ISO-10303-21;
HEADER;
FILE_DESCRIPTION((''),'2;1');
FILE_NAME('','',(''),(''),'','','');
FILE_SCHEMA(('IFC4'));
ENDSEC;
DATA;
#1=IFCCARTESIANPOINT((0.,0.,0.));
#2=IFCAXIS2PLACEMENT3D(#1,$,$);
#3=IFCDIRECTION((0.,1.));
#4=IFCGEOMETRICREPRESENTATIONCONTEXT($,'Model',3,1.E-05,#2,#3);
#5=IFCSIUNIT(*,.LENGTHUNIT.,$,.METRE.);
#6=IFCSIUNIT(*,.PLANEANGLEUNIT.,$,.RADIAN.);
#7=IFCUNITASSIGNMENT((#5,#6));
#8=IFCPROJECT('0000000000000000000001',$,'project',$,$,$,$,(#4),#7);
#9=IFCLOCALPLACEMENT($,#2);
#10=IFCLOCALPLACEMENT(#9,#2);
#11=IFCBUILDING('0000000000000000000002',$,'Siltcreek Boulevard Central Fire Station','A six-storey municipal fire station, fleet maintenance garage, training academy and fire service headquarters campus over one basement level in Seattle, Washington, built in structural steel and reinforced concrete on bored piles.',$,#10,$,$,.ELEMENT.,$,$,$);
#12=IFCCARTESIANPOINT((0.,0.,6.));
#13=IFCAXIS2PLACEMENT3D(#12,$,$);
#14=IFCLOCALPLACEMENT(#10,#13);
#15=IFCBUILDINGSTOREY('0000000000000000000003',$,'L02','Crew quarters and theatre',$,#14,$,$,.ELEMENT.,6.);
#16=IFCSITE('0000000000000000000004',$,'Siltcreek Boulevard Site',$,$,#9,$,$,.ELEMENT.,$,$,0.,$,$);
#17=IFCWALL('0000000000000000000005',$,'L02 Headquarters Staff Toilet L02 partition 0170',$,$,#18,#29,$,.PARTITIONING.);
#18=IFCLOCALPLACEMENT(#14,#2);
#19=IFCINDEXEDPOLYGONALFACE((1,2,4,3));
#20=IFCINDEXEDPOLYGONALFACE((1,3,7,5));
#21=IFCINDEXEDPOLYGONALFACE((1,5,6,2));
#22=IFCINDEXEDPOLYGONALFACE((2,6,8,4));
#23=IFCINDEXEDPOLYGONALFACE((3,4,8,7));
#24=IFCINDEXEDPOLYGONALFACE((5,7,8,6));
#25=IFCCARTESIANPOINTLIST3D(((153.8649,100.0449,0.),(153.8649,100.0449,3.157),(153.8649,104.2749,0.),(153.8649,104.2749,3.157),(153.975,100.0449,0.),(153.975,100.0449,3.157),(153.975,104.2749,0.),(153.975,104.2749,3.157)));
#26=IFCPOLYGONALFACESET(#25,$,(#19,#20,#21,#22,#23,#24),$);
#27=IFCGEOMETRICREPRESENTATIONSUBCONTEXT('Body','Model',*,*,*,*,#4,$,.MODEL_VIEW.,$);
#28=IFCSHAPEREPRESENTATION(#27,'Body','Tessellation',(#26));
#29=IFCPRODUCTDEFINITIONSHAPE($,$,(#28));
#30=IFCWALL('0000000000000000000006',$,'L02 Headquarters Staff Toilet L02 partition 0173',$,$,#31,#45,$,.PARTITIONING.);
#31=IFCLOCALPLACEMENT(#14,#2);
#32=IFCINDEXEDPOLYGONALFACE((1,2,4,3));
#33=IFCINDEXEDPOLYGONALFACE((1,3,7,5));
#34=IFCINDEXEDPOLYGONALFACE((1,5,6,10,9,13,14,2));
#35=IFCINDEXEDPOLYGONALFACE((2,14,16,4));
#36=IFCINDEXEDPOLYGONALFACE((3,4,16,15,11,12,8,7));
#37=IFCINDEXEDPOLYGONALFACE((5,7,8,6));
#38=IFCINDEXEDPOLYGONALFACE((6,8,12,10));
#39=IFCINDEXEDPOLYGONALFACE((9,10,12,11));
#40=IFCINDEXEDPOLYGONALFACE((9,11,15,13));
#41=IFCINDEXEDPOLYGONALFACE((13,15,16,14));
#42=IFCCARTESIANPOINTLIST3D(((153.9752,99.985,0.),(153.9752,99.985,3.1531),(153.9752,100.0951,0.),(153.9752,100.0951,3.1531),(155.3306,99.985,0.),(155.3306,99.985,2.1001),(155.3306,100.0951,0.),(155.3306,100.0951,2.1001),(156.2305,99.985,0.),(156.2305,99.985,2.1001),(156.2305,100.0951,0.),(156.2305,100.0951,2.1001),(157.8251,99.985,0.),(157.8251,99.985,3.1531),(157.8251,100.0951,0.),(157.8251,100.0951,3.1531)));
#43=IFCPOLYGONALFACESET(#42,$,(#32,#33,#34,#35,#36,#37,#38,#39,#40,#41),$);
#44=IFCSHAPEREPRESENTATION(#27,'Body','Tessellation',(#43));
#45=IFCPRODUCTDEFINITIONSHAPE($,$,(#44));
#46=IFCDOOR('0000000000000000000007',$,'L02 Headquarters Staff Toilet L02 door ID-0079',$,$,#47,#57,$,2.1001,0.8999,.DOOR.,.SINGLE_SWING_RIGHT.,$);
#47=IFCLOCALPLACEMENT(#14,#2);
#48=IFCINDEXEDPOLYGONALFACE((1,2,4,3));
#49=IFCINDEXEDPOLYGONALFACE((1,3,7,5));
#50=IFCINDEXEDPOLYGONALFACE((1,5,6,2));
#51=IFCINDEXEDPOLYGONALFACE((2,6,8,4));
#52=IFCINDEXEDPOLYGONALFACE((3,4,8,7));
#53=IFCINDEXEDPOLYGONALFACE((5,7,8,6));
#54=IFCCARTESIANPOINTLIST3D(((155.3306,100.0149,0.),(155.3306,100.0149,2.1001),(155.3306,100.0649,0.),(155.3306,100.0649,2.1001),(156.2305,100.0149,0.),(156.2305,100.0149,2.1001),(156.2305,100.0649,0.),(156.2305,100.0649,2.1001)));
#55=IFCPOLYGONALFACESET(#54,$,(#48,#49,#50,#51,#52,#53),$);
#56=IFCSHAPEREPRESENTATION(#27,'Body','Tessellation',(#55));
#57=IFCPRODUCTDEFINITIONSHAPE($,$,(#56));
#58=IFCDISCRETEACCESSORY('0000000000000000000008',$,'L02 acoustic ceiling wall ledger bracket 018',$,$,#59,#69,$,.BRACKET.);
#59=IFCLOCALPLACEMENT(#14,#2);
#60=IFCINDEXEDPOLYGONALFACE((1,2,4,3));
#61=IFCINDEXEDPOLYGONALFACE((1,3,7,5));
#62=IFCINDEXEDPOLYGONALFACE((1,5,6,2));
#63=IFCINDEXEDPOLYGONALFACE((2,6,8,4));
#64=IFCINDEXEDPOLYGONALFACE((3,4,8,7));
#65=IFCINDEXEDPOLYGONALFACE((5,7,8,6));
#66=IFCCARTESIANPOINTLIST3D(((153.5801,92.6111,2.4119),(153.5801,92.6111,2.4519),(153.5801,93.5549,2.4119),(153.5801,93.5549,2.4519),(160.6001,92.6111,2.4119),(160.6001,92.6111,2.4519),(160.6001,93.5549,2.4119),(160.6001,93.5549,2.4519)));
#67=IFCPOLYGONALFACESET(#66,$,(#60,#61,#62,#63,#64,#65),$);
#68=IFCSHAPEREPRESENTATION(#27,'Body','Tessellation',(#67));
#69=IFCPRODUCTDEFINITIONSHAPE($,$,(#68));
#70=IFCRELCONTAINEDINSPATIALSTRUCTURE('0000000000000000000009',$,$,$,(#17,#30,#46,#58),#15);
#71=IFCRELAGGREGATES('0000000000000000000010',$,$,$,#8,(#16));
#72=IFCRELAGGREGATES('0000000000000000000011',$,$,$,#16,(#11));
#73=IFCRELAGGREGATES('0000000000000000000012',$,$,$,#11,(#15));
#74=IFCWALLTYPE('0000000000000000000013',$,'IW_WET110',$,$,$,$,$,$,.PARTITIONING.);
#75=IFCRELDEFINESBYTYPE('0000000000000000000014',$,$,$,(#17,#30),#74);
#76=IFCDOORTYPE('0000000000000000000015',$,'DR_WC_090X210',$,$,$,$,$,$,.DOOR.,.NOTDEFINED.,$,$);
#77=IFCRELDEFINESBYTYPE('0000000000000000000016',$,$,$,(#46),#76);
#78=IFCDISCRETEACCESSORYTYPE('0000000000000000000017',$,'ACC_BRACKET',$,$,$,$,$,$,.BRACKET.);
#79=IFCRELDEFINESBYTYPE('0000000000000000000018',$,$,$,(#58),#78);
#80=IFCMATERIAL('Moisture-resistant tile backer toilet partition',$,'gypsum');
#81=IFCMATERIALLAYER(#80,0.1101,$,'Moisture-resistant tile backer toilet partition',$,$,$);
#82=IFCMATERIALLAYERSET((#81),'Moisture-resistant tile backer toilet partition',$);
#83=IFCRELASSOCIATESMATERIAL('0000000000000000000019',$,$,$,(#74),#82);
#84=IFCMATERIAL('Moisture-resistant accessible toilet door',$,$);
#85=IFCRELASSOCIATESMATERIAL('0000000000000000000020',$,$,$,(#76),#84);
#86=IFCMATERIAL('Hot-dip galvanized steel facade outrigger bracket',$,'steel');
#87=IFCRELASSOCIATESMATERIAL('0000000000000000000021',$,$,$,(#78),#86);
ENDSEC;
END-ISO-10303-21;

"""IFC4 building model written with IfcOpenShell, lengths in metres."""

from ifc_helpers import new_model, si_unit, direction, frame, frame_2d, origin, origin_2d, place, context, subcontext, project, spatial, rectangle, extrude, material, layer, layer_set, type_object, element, fill, save


model = new_model("IFC4")

# Units and contexts
model_context = context("Model", 3, precision=1e-05, world=origin(), true_north=direction((0.0, 1.0)))
body_context = subcontext(model_context, "Body", "Model", "MODEL_VIEW")
ifc_project = project(units=[si_unit("LENGTHUNIT", "METRE"), si_unit("PLANEANGLEUNIT", "RADIAN")], contexts=[model_context])

# Site, building, storey
site_placement = place(None, origin())
site = spatial("IfcSite", under=ifc_project, at=site_placement, Name="Siltcreek Boulevard Site", CompositionType="ELEMENT", RefElevation=0.0)
building_placement = place(site_placement, origin())
building = spatial("IfcBuilding", under=site, at=building_placement, Name="Siltcreek Boulevard Central Fire Station", Description="A six-storey municipal fire station, fleet maintenance garage, training academy and fire service headquarters campus over one basement level in Seattle, Washington, built in structural steel and reinforced concrete on bored piles.", CompositionType="ELEMENT")
storey_placement = place(building_placement, frame((0.0, 0.0, 6.0)))
storey = spatial("IfcBuildingStorey", under=building, at=storey_placement, Name="L02", Description="Crew quarters and theatre", CompositionType="ELEMENT", Elevation=6.0)

# Wall
ifc_material_1 = material(Name="Moisture-resistant tile backer toilet partition", Category="gypsum")
ifc_layer_1 = layer(ifc_material_1, 0.1101, Name="Moisture-resistant tile backer toilet partition")
ifc_layer_set_1 = layer_set([ifc_layer_1], Name="Moisture-resistant tile backer toilet partition")
wall_type_1 = type_object("IfcWallType", Name="IW_WET110", PredefinedType="PARTITIONING", material=ifc_layer_set_1)
wall_1_placement = place(storey_placement, frame((153.9199, 100.0449, 0.0), z_axis=(0.0, 0.0, 1.0), x_axis=(0.0, 1.0, 0.0)))
element("IfcWall", 1, at=wall_1_placement, inside=storey, type_object=wall_type_1, Name="L02 Headquarters Staff Toilet L02 partition 0170", PredefinedType="PARTITIONING", context=body_context, shape_type="SweptSolid", body=[
    extrude(rectangle(XDim=4.23, YDim=0.1101, at=frame_2d((2.115, 0.0))), origin(), (0.0, 0.0, 1.0), 3.157),
])

# Wall, opening, door
wall_2_placement = place(storey_placement, frame((157.825, 100.04, 0.0), z_axis=(0.0, 0.0, 1.0), x_axis=(-1.0, 0.0, 0.0)))
wall_2 = element("IfcWall", 2, at=wall_2_placement, inside=storey, type_object=wall_type_1, Name="L02 Headquarters Staff Toilet L02 partition 0173", PredefinedType="PARTITIONING", context=body_context, shape_type="SweptSolid", body=[
    extrude(rectangle(XDim=3.8499, YDim=0.1101, at=frame_2d((1.9248, 0.0))), origin(), (0.0, 0.0, 1.0), 3.1531),
])
opening_1_placement = place(wall_2_placement, frame((1.5945, 0.0, 0.0)))
opening_1 = element("IfcOpeningElement", 3, at=opening_1_placement, cuts=wall_2, PredefinedType="OPENING", context=body_context, shape_type="SweptSolid", body=[
    extrude(rectangle(XDim=0.8999, YDim=2.1001, at=frame_2d((0.45, 1.05))), frame((0.0, 0.0649, 0.0), z_axis=(0.0, -1.0, 0.0), x_axis=(1.0, 0.0, 0.0)), (0.0, 0.0, 1.0), 0.1301),
])
ifc_material_2 = material(Name="Moisture-resistant accessible toilet door")
door_type_1 = type_object("IfcDoorType", Name="DR_WC_090X210", OperationType="NOTDEFINED", PredefinedType="DOOR", material=ifc_material_2)
door_1_placement = place(opening_1_placement, frame((0.8999, 0.0, 0.0), z_axis=(0.0, 0.0, 1.0), x_axis=(-1.0, 0.0, 0.0)))
door_1 = element("IfcDoor", 4, at=door_1_placement, inside=storey, type_object=door_type_1, Name="L02 Headquarters Staff Toilet L02 door ID-0079", OperationType="SINGLE_SWING_RIGHT", OverallHeight=2.1001, OverallWidth=0.8999, PredefinedType="DOOR", context=body_context, shape_type="SweptSolid", body=[
    extrude(rectangle(XDim=0.8999, YDim=2.1001, at=frame_2d((0.45, 1.05))), frame((0.0, 0.0249, 0.0), z_axis=(0.0, -1.0, 0.0), x_axis=(1.0, 0.0, 0.0)), (0.0, 0.0, 1.0), 0.05),
])
fill(opening_1, door_1)

# Discrete accessory
ifc_material_3 = material(Name="Hot-dip galvanized steel facade outrigger bracket", Category="steel")
discrete_accessory_type = type_object("IfcDiscreteAccessoryType", Name="ACC_BRACKET", PredefinedType="BRACKET", material=ifc_material_3)
discrete_accessory_placement = place(storey_placement, frame((157.0901, 93.083, 2.4119), z_axis=(0.0, 0.0, 1.0), x_axis=(1.0, 0.0, 0.0)))
element("IfcDiscreteAccessory", 5, at=discrete_accessory_placement, inside=storey, type_object=discrete_accessory_type, Name="L02 acoustic ceiling wall ledger bracket 018", PredefinedType="BRACKET", context=body_context, shape_type="SweptSolid", body=[
    extrude(rectangle(XDim=7.02, YDim=0.9438, at=origin_2d()), origin(), (0.0, 0.0, 1.0), 0.04),
])

save(model, "model.ifc")
